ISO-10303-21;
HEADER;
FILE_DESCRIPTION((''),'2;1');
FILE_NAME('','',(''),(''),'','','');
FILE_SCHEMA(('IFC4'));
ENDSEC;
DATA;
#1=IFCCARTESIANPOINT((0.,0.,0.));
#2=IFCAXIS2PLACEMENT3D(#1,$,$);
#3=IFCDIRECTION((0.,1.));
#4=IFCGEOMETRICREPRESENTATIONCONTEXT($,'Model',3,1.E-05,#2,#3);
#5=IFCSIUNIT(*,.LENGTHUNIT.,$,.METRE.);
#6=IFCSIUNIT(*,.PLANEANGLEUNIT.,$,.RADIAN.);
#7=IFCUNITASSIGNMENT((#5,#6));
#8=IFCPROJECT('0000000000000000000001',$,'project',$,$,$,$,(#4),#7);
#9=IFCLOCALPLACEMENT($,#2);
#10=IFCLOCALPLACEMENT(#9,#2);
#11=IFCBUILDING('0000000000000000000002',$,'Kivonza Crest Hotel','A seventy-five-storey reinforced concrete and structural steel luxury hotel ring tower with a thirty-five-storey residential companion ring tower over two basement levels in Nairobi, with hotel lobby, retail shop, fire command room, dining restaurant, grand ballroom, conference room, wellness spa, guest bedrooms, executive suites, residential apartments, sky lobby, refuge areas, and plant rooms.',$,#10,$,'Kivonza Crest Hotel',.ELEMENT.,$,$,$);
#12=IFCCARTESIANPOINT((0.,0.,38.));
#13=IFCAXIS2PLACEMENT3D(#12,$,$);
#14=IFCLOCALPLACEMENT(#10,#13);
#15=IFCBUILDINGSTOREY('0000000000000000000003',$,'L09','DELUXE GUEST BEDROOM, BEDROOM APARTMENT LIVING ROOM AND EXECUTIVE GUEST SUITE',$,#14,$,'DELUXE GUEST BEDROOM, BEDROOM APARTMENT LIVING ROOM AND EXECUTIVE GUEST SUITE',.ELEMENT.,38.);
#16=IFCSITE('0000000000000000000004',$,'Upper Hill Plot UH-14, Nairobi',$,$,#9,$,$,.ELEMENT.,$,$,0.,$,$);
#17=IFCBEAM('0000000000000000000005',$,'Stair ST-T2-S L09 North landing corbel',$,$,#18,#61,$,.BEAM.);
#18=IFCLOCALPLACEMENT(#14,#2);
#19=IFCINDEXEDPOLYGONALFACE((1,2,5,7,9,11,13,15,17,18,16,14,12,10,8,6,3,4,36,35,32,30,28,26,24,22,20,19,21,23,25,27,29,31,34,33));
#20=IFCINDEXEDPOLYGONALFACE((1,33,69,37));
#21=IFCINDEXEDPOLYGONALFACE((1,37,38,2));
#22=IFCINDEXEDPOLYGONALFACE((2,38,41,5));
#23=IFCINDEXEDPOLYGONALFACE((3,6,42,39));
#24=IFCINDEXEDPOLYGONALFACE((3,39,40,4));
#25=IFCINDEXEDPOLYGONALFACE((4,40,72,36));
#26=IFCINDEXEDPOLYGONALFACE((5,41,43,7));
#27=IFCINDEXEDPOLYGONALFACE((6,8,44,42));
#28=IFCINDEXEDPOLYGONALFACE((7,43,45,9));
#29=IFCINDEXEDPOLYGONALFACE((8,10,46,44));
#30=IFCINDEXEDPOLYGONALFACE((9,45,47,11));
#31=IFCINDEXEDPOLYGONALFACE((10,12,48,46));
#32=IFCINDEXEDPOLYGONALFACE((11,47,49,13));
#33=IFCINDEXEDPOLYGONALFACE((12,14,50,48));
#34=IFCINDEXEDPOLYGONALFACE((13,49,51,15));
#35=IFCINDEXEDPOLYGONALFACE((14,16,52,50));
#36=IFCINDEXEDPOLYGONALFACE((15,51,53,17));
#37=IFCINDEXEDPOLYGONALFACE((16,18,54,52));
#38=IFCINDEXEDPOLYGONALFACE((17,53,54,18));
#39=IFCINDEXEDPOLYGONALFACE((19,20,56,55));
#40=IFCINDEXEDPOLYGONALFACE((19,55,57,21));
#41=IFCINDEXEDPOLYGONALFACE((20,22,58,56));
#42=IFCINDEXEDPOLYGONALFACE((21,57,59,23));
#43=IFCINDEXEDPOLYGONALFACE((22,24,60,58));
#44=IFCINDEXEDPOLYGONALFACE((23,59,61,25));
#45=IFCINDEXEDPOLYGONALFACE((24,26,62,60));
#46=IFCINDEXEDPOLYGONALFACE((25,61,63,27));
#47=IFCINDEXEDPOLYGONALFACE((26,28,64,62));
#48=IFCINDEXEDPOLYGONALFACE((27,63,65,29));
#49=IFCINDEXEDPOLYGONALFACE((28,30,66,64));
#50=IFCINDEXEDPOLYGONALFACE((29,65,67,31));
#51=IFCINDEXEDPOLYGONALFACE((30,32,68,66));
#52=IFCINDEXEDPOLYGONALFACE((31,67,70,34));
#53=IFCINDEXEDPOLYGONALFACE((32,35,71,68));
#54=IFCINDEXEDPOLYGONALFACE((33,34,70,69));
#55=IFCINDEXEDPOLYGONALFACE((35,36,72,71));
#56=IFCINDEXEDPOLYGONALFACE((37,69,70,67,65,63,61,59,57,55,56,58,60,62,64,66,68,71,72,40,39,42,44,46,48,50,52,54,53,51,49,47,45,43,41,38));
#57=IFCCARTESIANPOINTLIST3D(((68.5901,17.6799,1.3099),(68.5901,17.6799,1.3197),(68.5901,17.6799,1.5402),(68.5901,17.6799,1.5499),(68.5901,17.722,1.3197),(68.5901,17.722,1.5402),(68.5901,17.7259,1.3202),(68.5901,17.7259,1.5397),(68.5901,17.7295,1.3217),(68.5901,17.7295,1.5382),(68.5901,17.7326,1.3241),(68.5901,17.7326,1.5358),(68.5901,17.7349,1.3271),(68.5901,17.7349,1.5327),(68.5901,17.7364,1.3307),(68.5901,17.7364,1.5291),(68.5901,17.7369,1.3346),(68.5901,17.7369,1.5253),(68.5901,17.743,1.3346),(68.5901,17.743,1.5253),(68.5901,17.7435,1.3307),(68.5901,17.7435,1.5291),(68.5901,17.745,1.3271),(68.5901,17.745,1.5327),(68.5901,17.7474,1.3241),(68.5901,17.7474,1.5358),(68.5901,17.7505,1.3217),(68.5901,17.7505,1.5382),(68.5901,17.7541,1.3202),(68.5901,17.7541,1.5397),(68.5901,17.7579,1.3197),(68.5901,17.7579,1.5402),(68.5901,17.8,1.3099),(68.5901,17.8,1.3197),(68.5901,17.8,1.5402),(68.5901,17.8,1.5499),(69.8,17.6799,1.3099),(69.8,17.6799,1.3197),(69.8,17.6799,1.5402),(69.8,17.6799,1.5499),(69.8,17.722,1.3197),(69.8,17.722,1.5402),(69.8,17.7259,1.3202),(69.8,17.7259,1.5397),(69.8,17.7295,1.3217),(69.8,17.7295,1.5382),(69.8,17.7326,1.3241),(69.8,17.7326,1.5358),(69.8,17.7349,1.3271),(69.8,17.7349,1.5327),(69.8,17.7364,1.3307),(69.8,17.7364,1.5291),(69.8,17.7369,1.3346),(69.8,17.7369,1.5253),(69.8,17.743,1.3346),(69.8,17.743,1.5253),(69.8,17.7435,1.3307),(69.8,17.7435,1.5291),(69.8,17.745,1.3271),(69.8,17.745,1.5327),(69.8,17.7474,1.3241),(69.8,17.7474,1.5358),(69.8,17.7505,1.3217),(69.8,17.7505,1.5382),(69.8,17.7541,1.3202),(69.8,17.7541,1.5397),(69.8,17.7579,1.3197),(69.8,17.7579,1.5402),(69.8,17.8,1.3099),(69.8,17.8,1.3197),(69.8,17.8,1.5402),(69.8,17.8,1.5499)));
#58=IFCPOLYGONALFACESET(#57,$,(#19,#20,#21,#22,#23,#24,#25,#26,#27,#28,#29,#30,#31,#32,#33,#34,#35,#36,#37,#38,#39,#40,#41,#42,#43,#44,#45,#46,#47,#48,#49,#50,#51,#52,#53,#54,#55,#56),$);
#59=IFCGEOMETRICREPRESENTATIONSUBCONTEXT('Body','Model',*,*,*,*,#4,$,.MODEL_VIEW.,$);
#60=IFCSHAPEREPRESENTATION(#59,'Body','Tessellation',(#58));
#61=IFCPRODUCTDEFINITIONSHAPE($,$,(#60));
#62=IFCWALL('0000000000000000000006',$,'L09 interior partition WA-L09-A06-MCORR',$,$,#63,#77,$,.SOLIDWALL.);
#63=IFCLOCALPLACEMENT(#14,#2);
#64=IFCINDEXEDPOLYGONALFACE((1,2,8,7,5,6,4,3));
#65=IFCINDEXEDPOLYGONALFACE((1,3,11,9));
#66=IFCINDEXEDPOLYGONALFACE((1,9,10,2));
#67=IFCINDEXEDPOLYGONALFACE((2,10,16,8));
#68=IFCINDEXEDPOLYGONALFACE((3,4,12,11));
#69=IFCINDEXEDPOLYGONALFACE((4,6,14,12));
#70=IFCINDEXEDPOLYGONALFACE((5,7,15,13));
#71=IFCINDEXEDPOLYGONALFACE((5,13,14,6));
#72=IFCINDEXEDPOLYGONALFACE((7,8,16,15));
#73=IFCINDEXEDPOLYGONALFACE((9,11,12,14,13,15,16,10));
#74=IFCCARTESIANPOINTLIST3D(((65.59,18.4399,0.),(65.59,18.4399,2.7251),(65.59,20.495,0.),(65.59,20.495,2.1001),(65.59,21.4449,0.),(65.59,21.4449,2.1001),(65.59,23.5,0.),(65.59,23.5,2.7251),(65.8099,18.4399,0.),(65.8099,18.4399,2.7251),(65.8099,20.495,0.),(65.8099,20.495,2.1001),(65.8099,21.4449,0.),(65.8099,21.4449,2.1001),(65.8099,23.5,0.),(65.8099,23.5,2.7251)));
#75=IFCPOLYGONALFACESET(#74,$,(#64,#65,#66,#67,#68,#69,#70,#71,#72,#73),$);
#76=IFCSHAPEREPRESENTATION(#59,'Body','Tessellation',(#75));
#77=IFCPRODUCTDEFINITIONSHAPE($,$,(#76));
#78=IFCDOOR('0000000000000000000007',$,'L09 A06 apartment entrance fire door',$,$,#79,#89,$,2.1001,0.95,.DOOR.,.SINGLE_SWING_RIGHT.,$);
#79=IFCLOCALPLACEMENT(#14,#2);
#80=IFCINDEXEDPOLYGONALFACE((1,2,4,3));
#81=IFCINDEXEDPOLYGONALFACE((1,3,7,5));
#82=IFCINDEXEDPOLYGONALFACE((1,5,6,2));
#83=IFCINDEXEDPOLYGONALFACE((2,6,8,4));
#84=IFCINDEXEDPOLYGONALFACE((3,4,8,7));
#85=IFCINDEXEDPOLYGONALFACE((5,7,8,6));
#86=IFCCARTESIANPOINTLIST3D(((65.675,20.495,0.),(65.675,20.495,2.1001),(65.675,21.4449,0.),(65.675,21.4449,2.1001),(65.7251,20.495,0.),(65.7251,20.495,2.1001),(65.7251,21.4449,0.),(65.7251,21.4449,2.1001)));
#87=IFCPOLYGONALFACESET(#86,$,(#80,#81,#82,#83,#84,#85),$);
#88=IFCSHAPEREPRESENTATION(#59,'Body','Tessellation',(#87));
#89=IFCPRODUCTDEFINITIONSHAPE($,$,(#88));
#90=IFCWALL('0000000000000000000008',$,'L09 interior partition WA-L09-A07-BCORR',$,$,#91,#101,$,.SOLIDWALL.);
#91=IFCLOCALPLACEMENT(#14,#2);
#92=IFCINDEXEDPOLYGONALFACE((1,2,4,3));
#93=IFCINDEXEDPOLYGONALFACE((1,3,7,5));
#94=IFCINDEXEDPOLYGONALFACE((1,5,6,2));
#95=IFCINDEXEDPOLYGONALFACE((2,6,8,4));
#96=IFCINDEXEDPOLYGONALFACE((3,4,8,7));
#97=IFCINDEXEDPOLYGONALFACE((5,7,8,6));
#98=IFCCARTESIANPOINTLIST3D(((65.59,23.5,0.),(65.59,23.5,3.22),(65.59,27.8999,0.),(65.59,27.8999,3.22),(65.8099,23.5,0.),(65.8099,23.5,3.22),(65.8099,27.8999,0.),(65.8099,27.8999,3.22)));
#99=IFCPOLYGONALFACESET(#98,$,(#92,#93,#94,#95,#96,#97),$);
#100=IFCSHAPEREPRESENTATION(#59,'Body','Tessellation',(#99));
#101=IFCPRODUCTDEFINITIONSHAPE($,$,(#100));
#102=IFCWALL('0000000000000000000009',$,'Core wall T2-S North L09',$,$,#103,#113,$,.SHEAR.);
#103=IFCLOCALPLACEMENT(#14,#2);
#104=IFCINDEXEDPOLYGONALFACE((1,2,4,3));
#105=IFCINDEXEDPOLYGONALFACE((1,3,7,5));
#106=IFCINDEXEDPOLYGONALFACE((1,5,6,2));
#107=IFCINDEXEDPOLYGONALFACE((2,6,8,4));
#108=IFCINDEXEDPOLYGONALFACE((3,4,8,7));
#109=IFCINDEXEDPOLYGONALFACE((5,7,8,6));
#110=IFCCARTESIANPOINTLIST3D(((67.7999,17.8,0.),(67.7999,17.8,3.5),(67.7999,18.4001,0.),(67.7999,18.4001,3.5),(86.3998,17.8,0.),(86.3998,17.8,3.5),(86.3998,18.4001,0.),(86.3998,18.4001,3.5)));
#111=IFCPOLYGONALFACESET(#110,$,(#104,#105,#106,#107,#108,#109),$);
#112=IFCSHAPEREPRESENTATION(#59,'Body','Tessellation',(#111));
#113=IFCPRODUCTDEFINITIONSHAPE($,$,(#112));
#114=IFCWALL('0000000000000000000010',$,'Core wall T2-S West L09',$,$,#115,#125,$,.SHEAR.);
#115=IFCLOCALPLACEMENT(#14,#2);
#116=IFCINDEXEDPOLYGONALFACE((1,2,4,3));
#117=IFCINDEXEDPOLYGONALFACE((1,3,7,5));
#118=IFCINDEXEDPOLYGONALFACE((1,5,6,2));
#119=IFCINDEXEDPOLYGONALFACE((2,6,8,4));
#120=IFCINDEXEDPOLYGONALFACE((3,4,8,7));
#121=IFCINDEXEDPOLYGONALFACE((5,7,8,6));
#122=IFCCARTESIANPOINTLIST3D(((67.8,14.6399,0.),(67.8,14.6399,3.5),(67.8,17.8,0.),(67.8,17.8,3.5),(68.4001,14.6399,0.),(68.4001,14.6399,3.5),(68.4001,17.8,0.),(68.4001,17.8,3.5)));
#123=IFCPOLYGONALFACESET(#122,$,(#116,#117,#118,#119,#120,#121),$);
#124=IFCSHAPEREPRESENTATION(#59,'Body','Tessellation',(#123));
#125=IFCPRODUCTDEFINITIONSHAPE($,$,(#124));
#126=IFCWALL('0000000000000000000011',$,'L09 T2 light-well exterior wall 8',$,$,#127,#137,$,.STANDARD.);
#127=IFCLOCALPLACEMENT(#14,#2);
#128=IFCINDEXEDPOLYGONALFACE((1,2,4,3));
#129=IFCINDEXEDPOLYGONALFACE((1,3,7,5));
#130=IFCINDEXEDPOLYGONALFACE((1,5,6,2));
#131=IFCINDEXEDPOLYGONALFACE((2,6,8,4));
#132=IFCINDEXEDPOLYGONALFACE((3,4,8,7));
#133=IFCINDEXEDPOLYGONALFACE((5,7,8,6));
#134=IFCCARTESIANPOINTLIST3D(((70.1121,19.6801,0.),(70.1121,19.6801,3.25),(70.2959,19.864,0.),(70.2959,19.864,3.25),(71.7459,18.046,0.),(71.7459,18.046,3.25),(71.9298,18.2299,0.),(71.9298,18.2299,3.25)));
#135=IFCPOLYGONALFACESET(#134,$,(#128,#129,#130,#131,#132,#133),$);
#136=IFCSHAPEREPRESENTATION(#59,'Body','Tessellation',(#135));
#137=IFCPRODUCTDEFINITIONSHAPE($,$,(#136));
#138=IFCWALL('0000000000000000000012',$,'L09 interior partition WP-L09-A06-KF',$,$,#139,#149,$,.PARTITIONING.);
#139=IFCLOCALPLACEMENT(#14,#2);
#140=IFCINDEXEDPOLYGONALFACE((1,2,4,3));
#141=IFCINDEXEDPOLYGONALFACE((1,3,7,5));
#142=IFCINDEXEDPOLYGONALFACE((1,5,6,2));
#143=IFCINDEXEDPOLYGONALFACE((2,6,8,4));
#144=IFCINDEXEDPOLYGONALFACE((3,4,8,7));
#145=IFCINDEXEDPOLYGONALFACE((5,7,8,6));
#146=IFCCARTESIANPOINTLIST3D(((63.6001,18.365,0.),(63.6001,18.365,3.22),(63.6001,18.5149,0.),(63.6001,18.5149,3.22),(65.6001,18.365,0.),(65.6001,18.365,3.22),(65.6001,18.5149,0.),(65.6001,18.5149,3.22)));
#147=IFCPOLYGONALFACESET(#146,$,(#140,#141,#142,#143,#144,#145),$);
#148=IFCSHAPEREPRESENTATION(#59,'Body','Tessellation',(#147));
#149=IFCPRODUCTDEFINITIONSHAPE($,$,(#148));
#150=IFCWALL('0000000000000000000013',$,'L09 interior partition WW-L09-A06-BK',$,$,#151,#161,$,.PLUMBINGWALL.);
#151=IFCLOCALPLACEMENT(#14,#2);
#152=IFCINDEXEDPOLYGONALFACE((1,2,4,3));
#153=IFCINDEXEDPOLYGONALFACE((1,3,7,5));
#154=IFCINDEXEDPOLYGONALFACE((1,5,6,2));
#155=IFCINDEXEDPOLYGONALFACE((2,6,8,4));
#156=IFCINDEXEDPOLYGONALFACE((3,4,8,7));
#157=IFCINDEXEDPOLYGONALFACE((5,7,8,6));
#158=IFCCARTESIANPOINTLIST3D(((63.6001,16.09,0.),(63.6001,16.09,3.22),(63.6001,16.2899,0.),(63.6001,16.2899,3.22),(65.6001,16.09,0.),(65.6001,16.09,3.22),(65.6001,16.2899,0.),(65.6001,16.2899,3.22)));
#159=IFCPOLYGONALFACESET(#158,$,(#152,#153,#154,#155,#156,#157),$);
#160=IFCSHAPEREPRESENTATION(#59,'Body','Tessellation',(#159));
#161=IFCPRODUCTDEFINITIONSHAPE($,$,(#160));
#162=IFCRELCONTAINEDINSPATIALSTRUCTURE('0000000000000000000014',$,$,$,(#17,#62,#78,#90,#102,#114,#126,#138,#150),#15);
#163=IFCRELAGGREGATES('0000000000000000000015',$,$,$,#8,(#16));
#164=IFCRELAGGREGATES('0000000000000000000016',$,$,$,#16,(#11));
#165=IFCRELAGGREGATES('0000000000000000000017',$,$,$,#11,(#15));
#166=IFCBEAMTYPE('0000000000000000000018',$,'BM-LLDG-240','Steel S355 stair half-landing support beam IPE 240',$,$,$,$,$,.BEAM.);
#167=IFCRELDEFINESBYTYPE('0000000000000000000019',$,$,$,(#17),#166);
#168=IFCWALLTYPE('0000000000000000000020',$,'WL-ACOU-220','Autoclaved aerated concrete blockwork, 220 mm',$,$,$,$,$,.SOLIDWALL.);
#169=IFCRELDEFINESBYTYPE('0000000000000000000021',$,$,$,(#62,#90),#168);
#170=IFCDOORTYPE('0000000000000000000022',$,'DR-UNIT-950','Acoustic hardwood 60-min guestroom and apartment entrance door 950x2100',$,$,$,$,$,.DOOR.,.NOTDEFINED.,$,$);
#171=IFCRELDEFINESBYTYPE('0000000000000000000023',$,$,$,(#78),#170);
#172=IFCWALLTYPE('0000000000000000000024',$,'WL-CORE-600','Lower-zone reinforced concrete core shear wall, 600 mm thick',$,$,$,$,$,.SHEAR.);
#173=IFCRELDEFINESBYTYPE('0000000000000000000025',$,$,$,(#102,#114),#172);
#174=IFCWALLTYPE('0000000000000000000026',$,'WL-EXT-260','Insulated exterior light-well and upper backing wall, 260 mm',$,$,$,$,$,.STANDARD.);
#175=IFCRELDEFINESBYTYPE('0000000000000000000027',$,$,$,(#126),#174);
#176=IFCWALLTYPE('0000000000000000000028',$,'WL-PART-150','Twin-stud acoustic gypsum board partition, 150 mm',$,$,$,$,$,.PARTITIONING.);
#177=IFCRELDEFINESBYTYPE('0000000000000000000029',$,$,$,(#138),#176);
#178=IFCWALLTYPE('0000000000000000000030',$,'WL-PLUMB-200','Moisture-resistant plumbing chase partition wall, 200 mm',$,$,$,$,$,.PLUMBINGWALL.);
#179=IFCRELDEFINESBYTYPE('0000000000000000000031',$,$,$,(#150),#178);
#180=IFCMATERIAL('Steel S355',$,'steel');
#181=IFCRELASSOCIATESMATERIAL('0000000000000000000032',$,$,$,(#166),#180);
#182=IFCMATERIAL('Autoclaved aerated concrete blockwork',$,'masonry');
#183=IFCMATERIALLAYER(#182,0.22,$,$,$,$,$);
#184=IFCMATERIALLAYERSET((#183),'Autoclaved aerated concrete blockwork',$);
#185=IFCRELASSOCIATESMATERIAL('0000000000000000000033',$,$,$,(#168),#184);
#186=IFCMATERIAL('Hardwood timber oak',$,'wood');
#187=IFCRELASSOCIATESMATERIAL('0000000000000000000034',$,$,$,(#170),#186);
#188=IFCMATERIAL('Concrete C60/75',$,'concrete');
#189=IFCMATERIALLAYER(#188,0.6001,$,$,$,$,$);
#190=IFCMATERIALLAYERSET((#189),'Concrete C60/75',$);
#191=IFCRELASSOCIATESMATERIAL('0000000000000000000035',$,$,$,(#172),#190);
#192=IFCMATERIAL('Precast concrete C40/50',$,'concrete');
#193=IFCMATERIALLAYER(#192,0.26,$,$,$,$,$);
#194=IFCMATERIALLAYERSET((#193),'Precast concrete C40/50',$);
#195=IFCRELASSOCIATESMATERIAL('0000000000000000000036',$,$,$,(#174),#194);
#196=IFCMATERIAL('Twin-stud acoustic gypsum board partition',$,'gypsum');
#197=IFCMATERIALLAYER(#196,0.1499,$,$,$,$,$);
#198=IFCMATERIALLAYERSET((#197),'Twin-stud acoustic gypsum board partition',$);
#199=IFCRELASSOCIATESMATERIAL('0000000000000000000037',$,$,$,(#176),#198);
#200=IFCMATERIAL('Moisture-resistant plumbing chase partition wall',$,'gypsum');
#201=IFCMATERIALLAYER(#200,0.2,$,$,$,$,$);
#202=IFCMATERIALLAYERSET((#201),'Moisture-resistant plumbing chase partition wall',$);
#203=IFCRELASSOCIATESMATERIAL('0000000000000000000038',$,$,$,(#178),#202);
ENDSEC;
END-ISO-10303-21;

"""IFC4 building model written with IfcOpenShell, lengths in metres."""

from ifc_helpers import new_model, si_unit, direction, frame, frame_2d, origin, origin_2d, place, context, subcontext, project, spatial, rectangle, i_section, extrude, material, layer, layer_set, material_profile, profile_set, type_object, element, fill, save


model = new_model("IFC4")

# Units and contexts
model_context = context("Model", 3, precision=1e-05, world=origin(), true_north=direction((0.0, 1.0)))
body_context = subcontext(model_context, "Body", "Model", "MODEL_VIEW")
ifc_project = project(units=[si_unit("LENGTHUNIT", "METRE"), si_unit("PLANEANGLEUNIT", "RADIAN")], contexts=[model_context])

# Site, building, storey
site_placement = place(None, origin())
site = spatial("IfcSite", under=ifc_project, at=site_placement, Name="Upper Hill Plot UH-14, Nairobi", CompositionType="ELEMENT", RefElevation=0.0)
building_placement = place(site_placement, origin())
building = spatial("IfcBuilding", under=site, at=building_placement, Name="Kivonza Crest Hotel", Description="A seventy-five-storey reinforced concrete and structural steel luxury hotel ring tower with a thirty-five-storey residential companion ring tower over two basement levels in Nairobi, with hotel lobby, retail shop, fire command room, dining restaurant, grand ballroom, conference room, wellness spa, guest bedrooms, executive suites, residential apartments, sky lobby, refuge areas, and plant rooms.", LongName="Kivonza Crest Hotel", CompositionType="ELEMENT")
storey_placement = place(building_placement, frame((0.0, 0.0, 38.0)))
storey = spatial("IfcBuildingStorey", under=building, at=storey_placement, Name="L09", Description="DELUXE GUEST BEDROOM, BEDROOM APARTMENT LIVING ROOM AND EXECUTIVE GUEST SUITE", LongName="DELUXE GUEST BEDROOM, BEDROOM APARTMENT LIVING ROOM AND EXECUTIVE GUEST SUITE", CompositionType="ELEMENT", Elevation=38.0)

# Beam
ifc_material_1 = material(Name="Steel S355", Category="steel")
ifc_material_profile_1 = material_profile(ifc_material_1, i_section(OverallWidth=0.1201, OverallDepth=0.24, WebThickness=0.0061, FlangeThickness=0.0098, FilletRadius=0.0149, at=origin_2d()), Name="IPE 240")
ifc_profile_set_1 = profile_set([ifc_material_profile_1], Name="Steel S355")
beam_type_1 = type_object("IfcBeamType", Name="BM-LLDG-240", Description="Steel S355 stair half-landing support beam IPE 240", PredefinedType="BEAM", material=ifc_profile_set_1)
for number, where, z_axis, x_axis, name in (
    (1, (68.5901, 17.74, 1.4299), (1.0, 0.0, 0.0), (0.0, 1.0, 0.0), "Stair ST-T2-S L09 North landing corbel"),
):
    element("IfcBeam", number, at=place(storey_placement, frame(where, z_axis=z_axis, x_axis=x_axis)), inside=storey, type_object=beam_type_1, Name=name, PredefinedType="BEAM", context=body_context, shape_type="SweptSolid", body=[
        extrude(i_section(OverallWidth=0.1201, OverallDepth=0.24, WebThickness=0.0061, FlangeThickness=0.0098, FilletRadius=0.0149, at=origin_2d()), origin(), (0.0, 0.0, 1.0), 1.21),
    ])

# Wall, opening, door
ifc_material_2 = material(Name="Autoclaved aerated concrete blockwork", Category="masonry")
ifc_layer_1 = layer(ifc_material_2, 0.22)
ifc_layer_set_1 = layer_set([ifc_layer_1], Name="Autoclaved aerated concrete blockwork")
wall_type_1 = type_object("IfcWallType", Name="WL-ACOU-220", Description="Autoclaved aerated concrete blockwork, 220 mm", PredefinedType="SOLIDWALL", material=ifc_layer_set_1)
wall_1_placement = place(storey_placement, frame((65.7, 18.4399, 0.0), z_axis=(0.0, 0.0, 1.0), x_axis=(0.0, 1.0, 0.0)))
wall_1 = element("IfcWall", 2, at=wall_1_placement, inside=storey, type_object=wall_type_1, Name="L09 interior partition WA-L09-A06-MCORR", PredefinedType="SOLIDWALL", context=body_context, shape_type="SweptSolid", body=[
    extrude(rectangle(XDim=5.0601, YDim=0.22, at=frame_2d((2.53, 0.0))), origin(), (0.0, 0.0, 1.0), 2.7251),
])
opening_1_placement = place(wall_1_placement, frame((2.0549, 0.0, 0.0)))
opening_1 = element("IfcOpeningElement", 3, at=opening_1_placement, cuts=wall_1, PredefinedType="OPENING", context=body_context, shape_type="SweptSolid", body=[
    extrude(rectangle(XDim=0.95, YDim=2.1001, at=frame_2d((0.4751, 1.05))), frame((0.0, 0.1201, 0.0), z_axis=(0.0, -1.0, 0.0), x_axis=(1.0, 0.0, 0.0)), (0.0, 0.0, 1.0), 0.24),
])
ifc_material_3 = material(Name="Hardwood timber oak", Category="wood")
door_type_1 = type_object("IfcDoorType", Name="DR-UNIT-950", Description="Acoustic hardwood 60-min guestroom and apartment entrance door 950x2100", OperationType="NOTDEFINED", PredefinedType="DOOR", material=ifc_material_3)
door_1_placement = place(opening_1_placement, origin())
door_1 = element("IfcDoor", 4, at=door_1_placement, inside=storey, type_object=door_type_1, Name="L09 A06 apartment entrance fire door", OperationType="SINGLE_SWING_RIGHT", OverallHeight=2.1001, OverallWidth=0.95, PredefinedType="DOOR", context=body_context, shape_type="SweptSolid", body=[
    extrude(rectangle(XDim=0.95, YDim=2.1001, at=frame_2d((0.4751, 1.05))), frame((0.0, 0.0249, 0.0), z_axis=(0.0, -1.0, 0.0), x_axis=(1.0, 0.0, 0.0)), (0.0, 0.0, 1.0), 0.05),
])
fill(opening_1, door_1)

# Wall
wall_2_placement = place(storey_placement, frame((65.7, 23.5, 0.0), z_axis=(0.0, 0.0, 1.0), x_axis=(0.0, 1.0, 0.0)))
element("IfcWall", 5, at=wall_2_placement, inside=storey, type_object=wall_type_1, Name="L09 interior partition WA-L09-A07-BCORR", PredefinedType="SOLIDWALL", context=body_context, shape_type="SweptSolid", body=[
    extrude(rectangle(XDim=4.3999, YDim=0.22, at=frame_2d((2.2, 0.0))), origin(), (0.0, 0.0, 1.0), 3.22),
])

# Shared definitions
ifc_material_4 = material(Name="Concrete C60/75", Category="concrete")
ifc_layer_2 = layer(ifc_material_4, 0.6001)
ifc_layer_set_2 = layer_set([ifc_layer_2], Name="Concrete C60/75")
wall_type_2 = type_object("IfcWallType", Name="WL-CORE-600", Description="Lower-zone reinforced concrete core shear wall, 600 mm thick", PredefinedType="SHEAR", material=ifc_layer_set_2)

# Walls
wall_3_placement = place(storey_placement, frame((67.8, 18.1001, 0.0), z_axis=(0.0, 0.0, 1.0), x_axis=(1.0, 0.0, 0.0)))
element("IfcWall", 6, at=wall_3_placement, inside=storey, type_object=wall_type_2, Name="Core wall T2-S North L09", PredefinedType="SHEAR", context=body_context, shape_type="SweptSolid", body=[
    extrude(rectangle(XDim=18.5999, YDim=0.6001, at=frame_2d((9.2998, 0.0))), origin(), (0.0, 0.0, 1.0), 3.5),
])
wall_4_placement = place(storey_placement, frame((68.1001, 14.6399, 0.0), z_axis=(0.0, 0.0, 1.0), x_axis=(0.0, 1.0, 0.0)))
element("IfcWall", 7, at=wall_4_placement, inside=storey, type_object=wall_type_2, Name="Core wall T2-S West L09", PredefinedType="SHEAR", context=body_context, shape_type="SweptSolid", body=[
    extrude(rectangle(XDim=3.1602, YDim=0.6001, at=frame_2d((1.5801, 0.0))), origin(), (0.0, 0.0, 1.0), 3.5),
])
ifc_material_5 = material(Name="Precast concrete C40/50", Category="concrete")
ifc_layer_3 = layer(ifc_material_5, 0.26)
ifc_layer_set_3 = layer_set([ifc_layer_3], Name="Precast concrete C40/50")
wall_type_3 = type_object("IfcWallType", Name="WL-EXT-260", Description="Insulated exterior light-well and upper backing wall, 260 mm", PredefinedType="STANDARD", material=ifc_layer_set_3)
wall_5_placement = place(storey_placement, frame((70.2041, 19.772, 0.0), z_axis=(0.0, 0.0, 1.0), x_axis=(0.707054, -0.70716, 0.0)))
element("IfcWall", 8, at=wall_5_placement, inside=storey, type_object=wall_type_3, Name="L09 T2 light-well exterior wall 8", PredefinedType="STANDARD", context=body_context, shape_type="SweptSolid", body=[
    extrude(rectangle(XDim=2.3108, YDim=0.26, at=frame_2d((1.1553, 0.0))), origin(), (0.0, 0.0, 1.0), 3.25),
])
ifc_material_6 = material(Name="Twin-stud acoustic gypsum board partition", Category="gypsum")
ifc_layer_4 = layer(ifc_material_6, 0.1499)
ifc_layer_set_4 = layer_set([ifc_layer_4], Name="Twin-stud acoustic gypsum board partition")
wall_type_4 = type_object("IfcWallType", Name="WL-PART-150", Description="Twin-stud acoustic gypsum board partition, 150 mm", PredefinedType="PARTITIONING", material=ifc_layer_set_4)
wall_6_placement = place(storey_placement, frame((63.6001, 18.4399, 0.0), z_axis=(0.0, 0.0, 1.0), x_axis=(1.0, 0.0, 0.0)))
element("IfcWall", 9, at=wall_6_placement, inside=storey, type_object=wall_type_4, Name="L09 interior partition WP-L09-A06-KF", PredefinedType="PARTITIONING", context=body_context, shape_type="SweptSolid", body=[
    extrude(rectangle(XDim=2.0, YDim=0.1499, at=frame_2d((1.0, 0.0))), origin(), (0.0, 0.0, 1.0), 3.22),
])
ifc_material_7 = material(Name="Moisture-resistant plumbing chase partition wall", Category="gypsum")
ifc_layer_5 = layer(ifc_material_7, 0.2)
ifc_layer_set_5 = layer_set([ifc_layer_5], Name="Moisture-resistant plumbing chase partition wall")
wall_type_5 = type_object("IfcWallType", Name="WL-PLUMB-200", Description="Moisture-resistant plumbing chase partition wall, 200 mm", PredefinedType="PLUMBINGWALL", material=ifc_layer_set_5)
wall_7_placement = place(storey_placement, frame((63.6001, 16.1899, 0.0), z_axis=(0.0, 0.0, 1.0), x_axis=(1.0, 0.0, 0.0)))
element("IfcWall", 10, at=wall_7_placement, inside=storey, type_object=wall_type_5, Name="L09 interior partition WW-L09-A06-BK", PredefinedType="PLUMBINGWALL", context=body_context, shape_type="SweptSolid", body=[
    extrude(rectangle(XDim=2.0, YDim=0.2, at=frame_2d((1.0, 0.0))), origin(), (0.0, 0.0, 1.0), 3.22),
])

save(model, "model.ifc")
